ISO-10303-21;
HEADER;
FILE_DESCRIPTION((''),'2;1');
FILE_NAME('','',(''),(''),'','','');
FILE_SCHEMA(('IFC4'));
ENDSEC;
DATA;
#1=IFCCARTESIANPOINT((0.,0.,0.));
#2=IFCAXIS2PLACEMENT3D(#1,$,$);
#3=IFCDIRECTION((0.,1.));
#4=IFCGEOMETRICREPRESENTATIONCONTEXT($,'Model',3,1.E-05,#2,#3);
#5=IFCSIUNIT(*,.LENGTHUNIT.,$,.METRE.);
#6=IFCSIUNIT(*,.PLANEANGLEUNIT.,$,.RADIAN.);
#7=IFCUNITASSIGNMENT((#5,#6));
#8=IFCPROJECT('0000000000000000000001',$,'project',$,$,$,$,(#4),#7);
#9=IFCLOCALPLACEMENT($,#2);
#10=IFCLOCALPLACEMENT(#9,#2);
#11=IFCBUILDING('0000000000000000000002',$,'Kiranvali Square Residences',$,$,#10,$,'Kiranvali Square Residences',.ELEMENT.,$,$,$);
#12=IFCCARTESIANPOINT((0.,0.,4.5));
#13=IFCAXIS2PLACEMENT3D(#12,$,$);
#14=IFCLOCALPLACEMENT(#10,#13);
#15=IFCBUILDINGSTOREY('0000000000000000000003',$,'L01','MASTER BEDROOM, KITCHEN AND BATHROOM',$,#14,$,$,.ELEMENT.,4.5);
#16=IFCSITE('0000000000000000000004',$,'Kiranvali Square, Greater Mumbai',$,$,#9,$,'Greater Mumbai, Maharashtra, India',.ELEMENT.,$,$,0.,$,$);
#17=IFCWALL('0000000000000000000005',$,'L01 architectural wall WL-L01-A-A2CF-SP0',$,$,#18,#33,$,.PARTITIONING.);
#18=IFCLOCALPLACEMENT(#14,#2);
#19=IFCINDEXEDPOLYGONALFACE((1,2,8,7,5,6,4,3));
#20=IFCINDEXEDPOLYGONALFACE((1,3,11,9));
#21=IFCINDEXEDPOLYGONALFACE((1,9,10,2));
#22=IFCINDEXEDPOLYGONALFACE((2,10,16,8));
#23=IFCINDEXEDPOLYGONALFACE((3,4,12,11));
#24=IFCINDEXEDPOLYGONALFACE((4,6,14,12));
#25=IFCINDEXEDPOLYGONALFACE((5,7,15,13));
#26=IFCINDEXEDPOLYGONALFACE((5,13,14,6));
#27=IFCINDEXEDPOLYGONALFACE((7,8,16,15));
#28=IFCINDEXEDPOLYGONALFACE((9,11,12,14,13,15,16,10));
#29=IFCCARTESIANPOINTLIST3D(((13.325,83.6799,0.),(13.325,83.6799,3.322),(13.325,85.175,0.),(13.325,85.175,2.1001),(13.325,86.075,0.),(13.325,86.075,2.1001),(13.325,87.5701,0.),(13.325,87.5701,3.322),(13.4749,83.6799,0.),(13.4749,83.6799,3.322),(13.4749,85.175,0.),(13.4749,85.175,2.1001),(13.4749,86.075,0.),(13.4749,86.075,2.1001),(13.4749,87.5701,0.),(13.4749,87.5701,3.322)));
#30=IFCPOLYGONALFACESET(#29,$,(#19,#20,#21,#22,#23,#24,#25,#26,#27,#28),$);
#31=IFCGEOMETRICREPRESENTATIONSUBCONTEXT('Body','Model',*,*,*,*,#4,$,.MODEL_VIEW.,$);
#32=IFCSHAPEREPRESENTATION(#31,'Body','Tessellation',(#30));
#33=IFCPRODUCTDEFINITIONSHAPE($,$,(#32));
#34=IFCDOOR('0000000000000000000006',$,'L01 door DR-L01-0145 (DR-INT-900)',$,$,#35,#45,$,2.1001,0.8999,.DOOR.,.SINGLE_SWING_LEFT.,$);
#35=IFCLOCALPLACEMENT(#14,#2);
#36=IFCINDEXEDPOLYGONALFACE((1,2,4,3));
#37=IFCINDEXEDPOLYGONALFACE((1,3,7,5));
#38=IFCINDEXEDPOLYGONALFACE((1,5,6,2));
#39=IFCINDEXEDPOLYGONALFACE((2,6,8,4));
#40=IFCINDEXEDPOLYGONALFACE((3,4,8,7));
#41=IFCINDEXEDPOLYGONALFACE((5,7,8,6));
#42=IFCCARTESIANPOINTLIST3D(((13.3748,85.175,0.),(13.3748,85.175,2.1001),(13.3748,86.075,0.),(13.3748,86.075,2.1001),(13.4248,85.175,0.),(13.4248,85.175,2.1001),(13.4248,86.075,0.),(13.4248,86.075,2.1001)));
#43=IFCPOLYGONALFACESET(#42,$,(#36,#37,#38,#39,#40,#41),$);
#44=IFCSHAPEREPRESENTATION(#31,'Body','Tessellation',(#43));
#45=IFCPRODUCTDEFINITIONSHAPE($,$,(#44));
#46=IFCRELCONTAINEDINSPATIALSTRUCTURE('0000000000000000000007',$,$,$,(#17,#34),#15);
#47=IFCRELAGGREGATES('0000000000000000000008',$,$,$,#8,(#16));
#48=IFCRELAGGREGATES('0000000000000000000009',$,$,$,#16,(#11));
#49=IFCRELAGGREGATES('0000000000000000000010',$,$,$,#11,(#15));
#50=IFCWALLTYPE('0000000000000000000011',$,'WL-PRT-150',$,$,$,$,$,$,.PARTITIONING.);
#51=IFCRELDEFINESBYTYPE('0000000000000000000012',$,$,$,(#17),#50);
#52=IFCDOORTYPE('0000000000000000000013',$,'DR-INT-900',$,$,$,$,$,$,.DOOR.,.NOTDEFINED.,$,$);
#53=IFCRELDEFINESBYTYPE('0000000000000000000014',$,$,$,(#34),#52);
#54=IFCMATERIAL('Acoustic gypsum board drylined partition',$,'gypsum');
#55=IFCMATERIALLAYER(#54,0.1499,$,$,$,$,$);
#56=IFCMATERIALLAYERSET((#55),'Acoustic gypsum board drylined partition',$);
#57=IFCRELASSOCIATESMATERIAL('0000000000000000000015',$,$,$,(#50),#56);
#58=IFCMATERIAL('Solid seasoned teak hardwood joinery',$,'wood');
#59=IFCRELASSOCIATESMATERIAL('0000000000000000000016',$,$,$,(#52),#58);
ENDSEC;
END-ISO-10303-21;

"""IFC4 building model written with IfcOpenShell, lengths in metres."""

from ifc_helpers import new_model, si_unit, direction, frame, frame_2d, origin, place, context, subcontext, project, spatial, rectangle, extrude, material, layer, layer_set, type_object, element, fill, save


model = new_model("IFC4")

# Units and contexts
model_context = context("Model", 3, precision=1e-05, world=origin(), true_north=direction((0.0, 1.0)))
body_context = subcontext(model_context, "Body", "Model", "MODEL_VIEW")
ifc_project = project(units=[si_unit("LENGTHUNIT", "METRE"), si_unit("PLANEANGLEUNIT", "RADIAN")], contexts=[model_context])

# Site, building, storey
site_placement = place(None, origin())
site = spatial("IfcSite", under=ifc_project, at=site_placement, Name="Kiranvali Square, Greater Mumbai", LongName="Greater Mumbai, Maharashtra, India", CompositionType="ELEMENT", RefElevation=0.0)
building_placement = place(site_placement, origin())
building = spatial("IfcBuilding", under=site, at=building_placement, Name="Kiranvali Square Residences", LongName="Kiranvali Square Residences", CompositionType="ELEMENT")
storey_placement = place(building_placement, frame((0.0, 0.0, 4.5)))
storey = spatial("IfcBuildingStorey", under=building, at=storey_placement, Name="L01", Description="MASTER BEDROOM, KITCHEN AND BATHROOM", CompositionType="ELEMENT", Elevation=4.5)

# Wall, opening, door
ifc_material_1 = material(Name="Acoustic gypsum board drylined partition", Category="gypsum")
ifc_layer_1 = layer(ifc_material_1, 0.1499)
ifc_layer_set_1 = layer_set([ifc_layer_1], Name="Acoustic gypsum board drylined partition")
wall_type = type_object("IfcWallType", Name="WL-PRT-150", PredefinedType="PARTITIONING", material=ifc_layer_set_1)
wall_placement = place(storey_placement, frame((13.3999, 87.5701, 0.0), z_axis=(0.0, 0.0, 1.0), x_axis=(0.0, -1.0, 0.0)))
wall = element("IfcWall", 1, at=wall_placement, inside=storey, type_object=wall_type, Name="L01 architectural wall WL-L01-A-A2CF-SP0", PredefinedType="PARTITIONING", context=body_context, shape_type="SweptSolid", body=[
    extrude(rectangle(XDim=3.8901, YDim=0.1499, at=frame_2d((1.9451, 0.0))), origin(), (0.0, 0.0, 1.0), 3.322),
])
opening_placement = place(wall_placement, frame((1.4951, 0.0, 0.0)))
opening = element("IfcOpeningElement", 2, at=opening_placement, cuts=wall, PredefinedType="OPENING", context=body_context, shape_type="SweptSolid", body=[
    extrude(rectangle(XDim=0.8999, YDim=2.1001, at=frame_2d((0.45, 1.05))), frame((0.0, 0.085, 0.0), z_axis=(0.0, -1.0, 0.0), x_axis=(1.0, 0.0, 0.0)), (0.0, 0.0, 1.0), 0.1699),
])
ifc_material_2 = material(Name="Solid seasoned teak hardwood joinery", Category="wood")
door_type = type_object("IfcDoorType", Name="DR-INT-900", OperationType="NOTDEFINED", PredefinedType="DOOR", material=ifc_material_2)
door_placement = place(opening_placement, origin())
door = element("IfcDoor", 3, at=door_placement, inside=storey, type_object=door_type, Name="L01 door DR-L01-0145 (DR-INT-900)", OperationType="SINGLE_SWING_LEFT", OverallHeight=2.1001, OverallWidth=0.8999, PredefinedType="DOOR", context=body_context, shape_type="SweptSolid", body=[
    extrude(rectangle(XDim=0.8999, YDim=2.1001, at=frame_2d((0.45, 1.05))), frame((0.0, 0.0249, 0.0), z_axis=(0.0, -1.0, 0.0), x_axis=(1.0, 0.0, 0.0)), (0.0, 0.0, 1.0), 0.05),
])
fill(opening, door)

save(model, "model.ifc")
